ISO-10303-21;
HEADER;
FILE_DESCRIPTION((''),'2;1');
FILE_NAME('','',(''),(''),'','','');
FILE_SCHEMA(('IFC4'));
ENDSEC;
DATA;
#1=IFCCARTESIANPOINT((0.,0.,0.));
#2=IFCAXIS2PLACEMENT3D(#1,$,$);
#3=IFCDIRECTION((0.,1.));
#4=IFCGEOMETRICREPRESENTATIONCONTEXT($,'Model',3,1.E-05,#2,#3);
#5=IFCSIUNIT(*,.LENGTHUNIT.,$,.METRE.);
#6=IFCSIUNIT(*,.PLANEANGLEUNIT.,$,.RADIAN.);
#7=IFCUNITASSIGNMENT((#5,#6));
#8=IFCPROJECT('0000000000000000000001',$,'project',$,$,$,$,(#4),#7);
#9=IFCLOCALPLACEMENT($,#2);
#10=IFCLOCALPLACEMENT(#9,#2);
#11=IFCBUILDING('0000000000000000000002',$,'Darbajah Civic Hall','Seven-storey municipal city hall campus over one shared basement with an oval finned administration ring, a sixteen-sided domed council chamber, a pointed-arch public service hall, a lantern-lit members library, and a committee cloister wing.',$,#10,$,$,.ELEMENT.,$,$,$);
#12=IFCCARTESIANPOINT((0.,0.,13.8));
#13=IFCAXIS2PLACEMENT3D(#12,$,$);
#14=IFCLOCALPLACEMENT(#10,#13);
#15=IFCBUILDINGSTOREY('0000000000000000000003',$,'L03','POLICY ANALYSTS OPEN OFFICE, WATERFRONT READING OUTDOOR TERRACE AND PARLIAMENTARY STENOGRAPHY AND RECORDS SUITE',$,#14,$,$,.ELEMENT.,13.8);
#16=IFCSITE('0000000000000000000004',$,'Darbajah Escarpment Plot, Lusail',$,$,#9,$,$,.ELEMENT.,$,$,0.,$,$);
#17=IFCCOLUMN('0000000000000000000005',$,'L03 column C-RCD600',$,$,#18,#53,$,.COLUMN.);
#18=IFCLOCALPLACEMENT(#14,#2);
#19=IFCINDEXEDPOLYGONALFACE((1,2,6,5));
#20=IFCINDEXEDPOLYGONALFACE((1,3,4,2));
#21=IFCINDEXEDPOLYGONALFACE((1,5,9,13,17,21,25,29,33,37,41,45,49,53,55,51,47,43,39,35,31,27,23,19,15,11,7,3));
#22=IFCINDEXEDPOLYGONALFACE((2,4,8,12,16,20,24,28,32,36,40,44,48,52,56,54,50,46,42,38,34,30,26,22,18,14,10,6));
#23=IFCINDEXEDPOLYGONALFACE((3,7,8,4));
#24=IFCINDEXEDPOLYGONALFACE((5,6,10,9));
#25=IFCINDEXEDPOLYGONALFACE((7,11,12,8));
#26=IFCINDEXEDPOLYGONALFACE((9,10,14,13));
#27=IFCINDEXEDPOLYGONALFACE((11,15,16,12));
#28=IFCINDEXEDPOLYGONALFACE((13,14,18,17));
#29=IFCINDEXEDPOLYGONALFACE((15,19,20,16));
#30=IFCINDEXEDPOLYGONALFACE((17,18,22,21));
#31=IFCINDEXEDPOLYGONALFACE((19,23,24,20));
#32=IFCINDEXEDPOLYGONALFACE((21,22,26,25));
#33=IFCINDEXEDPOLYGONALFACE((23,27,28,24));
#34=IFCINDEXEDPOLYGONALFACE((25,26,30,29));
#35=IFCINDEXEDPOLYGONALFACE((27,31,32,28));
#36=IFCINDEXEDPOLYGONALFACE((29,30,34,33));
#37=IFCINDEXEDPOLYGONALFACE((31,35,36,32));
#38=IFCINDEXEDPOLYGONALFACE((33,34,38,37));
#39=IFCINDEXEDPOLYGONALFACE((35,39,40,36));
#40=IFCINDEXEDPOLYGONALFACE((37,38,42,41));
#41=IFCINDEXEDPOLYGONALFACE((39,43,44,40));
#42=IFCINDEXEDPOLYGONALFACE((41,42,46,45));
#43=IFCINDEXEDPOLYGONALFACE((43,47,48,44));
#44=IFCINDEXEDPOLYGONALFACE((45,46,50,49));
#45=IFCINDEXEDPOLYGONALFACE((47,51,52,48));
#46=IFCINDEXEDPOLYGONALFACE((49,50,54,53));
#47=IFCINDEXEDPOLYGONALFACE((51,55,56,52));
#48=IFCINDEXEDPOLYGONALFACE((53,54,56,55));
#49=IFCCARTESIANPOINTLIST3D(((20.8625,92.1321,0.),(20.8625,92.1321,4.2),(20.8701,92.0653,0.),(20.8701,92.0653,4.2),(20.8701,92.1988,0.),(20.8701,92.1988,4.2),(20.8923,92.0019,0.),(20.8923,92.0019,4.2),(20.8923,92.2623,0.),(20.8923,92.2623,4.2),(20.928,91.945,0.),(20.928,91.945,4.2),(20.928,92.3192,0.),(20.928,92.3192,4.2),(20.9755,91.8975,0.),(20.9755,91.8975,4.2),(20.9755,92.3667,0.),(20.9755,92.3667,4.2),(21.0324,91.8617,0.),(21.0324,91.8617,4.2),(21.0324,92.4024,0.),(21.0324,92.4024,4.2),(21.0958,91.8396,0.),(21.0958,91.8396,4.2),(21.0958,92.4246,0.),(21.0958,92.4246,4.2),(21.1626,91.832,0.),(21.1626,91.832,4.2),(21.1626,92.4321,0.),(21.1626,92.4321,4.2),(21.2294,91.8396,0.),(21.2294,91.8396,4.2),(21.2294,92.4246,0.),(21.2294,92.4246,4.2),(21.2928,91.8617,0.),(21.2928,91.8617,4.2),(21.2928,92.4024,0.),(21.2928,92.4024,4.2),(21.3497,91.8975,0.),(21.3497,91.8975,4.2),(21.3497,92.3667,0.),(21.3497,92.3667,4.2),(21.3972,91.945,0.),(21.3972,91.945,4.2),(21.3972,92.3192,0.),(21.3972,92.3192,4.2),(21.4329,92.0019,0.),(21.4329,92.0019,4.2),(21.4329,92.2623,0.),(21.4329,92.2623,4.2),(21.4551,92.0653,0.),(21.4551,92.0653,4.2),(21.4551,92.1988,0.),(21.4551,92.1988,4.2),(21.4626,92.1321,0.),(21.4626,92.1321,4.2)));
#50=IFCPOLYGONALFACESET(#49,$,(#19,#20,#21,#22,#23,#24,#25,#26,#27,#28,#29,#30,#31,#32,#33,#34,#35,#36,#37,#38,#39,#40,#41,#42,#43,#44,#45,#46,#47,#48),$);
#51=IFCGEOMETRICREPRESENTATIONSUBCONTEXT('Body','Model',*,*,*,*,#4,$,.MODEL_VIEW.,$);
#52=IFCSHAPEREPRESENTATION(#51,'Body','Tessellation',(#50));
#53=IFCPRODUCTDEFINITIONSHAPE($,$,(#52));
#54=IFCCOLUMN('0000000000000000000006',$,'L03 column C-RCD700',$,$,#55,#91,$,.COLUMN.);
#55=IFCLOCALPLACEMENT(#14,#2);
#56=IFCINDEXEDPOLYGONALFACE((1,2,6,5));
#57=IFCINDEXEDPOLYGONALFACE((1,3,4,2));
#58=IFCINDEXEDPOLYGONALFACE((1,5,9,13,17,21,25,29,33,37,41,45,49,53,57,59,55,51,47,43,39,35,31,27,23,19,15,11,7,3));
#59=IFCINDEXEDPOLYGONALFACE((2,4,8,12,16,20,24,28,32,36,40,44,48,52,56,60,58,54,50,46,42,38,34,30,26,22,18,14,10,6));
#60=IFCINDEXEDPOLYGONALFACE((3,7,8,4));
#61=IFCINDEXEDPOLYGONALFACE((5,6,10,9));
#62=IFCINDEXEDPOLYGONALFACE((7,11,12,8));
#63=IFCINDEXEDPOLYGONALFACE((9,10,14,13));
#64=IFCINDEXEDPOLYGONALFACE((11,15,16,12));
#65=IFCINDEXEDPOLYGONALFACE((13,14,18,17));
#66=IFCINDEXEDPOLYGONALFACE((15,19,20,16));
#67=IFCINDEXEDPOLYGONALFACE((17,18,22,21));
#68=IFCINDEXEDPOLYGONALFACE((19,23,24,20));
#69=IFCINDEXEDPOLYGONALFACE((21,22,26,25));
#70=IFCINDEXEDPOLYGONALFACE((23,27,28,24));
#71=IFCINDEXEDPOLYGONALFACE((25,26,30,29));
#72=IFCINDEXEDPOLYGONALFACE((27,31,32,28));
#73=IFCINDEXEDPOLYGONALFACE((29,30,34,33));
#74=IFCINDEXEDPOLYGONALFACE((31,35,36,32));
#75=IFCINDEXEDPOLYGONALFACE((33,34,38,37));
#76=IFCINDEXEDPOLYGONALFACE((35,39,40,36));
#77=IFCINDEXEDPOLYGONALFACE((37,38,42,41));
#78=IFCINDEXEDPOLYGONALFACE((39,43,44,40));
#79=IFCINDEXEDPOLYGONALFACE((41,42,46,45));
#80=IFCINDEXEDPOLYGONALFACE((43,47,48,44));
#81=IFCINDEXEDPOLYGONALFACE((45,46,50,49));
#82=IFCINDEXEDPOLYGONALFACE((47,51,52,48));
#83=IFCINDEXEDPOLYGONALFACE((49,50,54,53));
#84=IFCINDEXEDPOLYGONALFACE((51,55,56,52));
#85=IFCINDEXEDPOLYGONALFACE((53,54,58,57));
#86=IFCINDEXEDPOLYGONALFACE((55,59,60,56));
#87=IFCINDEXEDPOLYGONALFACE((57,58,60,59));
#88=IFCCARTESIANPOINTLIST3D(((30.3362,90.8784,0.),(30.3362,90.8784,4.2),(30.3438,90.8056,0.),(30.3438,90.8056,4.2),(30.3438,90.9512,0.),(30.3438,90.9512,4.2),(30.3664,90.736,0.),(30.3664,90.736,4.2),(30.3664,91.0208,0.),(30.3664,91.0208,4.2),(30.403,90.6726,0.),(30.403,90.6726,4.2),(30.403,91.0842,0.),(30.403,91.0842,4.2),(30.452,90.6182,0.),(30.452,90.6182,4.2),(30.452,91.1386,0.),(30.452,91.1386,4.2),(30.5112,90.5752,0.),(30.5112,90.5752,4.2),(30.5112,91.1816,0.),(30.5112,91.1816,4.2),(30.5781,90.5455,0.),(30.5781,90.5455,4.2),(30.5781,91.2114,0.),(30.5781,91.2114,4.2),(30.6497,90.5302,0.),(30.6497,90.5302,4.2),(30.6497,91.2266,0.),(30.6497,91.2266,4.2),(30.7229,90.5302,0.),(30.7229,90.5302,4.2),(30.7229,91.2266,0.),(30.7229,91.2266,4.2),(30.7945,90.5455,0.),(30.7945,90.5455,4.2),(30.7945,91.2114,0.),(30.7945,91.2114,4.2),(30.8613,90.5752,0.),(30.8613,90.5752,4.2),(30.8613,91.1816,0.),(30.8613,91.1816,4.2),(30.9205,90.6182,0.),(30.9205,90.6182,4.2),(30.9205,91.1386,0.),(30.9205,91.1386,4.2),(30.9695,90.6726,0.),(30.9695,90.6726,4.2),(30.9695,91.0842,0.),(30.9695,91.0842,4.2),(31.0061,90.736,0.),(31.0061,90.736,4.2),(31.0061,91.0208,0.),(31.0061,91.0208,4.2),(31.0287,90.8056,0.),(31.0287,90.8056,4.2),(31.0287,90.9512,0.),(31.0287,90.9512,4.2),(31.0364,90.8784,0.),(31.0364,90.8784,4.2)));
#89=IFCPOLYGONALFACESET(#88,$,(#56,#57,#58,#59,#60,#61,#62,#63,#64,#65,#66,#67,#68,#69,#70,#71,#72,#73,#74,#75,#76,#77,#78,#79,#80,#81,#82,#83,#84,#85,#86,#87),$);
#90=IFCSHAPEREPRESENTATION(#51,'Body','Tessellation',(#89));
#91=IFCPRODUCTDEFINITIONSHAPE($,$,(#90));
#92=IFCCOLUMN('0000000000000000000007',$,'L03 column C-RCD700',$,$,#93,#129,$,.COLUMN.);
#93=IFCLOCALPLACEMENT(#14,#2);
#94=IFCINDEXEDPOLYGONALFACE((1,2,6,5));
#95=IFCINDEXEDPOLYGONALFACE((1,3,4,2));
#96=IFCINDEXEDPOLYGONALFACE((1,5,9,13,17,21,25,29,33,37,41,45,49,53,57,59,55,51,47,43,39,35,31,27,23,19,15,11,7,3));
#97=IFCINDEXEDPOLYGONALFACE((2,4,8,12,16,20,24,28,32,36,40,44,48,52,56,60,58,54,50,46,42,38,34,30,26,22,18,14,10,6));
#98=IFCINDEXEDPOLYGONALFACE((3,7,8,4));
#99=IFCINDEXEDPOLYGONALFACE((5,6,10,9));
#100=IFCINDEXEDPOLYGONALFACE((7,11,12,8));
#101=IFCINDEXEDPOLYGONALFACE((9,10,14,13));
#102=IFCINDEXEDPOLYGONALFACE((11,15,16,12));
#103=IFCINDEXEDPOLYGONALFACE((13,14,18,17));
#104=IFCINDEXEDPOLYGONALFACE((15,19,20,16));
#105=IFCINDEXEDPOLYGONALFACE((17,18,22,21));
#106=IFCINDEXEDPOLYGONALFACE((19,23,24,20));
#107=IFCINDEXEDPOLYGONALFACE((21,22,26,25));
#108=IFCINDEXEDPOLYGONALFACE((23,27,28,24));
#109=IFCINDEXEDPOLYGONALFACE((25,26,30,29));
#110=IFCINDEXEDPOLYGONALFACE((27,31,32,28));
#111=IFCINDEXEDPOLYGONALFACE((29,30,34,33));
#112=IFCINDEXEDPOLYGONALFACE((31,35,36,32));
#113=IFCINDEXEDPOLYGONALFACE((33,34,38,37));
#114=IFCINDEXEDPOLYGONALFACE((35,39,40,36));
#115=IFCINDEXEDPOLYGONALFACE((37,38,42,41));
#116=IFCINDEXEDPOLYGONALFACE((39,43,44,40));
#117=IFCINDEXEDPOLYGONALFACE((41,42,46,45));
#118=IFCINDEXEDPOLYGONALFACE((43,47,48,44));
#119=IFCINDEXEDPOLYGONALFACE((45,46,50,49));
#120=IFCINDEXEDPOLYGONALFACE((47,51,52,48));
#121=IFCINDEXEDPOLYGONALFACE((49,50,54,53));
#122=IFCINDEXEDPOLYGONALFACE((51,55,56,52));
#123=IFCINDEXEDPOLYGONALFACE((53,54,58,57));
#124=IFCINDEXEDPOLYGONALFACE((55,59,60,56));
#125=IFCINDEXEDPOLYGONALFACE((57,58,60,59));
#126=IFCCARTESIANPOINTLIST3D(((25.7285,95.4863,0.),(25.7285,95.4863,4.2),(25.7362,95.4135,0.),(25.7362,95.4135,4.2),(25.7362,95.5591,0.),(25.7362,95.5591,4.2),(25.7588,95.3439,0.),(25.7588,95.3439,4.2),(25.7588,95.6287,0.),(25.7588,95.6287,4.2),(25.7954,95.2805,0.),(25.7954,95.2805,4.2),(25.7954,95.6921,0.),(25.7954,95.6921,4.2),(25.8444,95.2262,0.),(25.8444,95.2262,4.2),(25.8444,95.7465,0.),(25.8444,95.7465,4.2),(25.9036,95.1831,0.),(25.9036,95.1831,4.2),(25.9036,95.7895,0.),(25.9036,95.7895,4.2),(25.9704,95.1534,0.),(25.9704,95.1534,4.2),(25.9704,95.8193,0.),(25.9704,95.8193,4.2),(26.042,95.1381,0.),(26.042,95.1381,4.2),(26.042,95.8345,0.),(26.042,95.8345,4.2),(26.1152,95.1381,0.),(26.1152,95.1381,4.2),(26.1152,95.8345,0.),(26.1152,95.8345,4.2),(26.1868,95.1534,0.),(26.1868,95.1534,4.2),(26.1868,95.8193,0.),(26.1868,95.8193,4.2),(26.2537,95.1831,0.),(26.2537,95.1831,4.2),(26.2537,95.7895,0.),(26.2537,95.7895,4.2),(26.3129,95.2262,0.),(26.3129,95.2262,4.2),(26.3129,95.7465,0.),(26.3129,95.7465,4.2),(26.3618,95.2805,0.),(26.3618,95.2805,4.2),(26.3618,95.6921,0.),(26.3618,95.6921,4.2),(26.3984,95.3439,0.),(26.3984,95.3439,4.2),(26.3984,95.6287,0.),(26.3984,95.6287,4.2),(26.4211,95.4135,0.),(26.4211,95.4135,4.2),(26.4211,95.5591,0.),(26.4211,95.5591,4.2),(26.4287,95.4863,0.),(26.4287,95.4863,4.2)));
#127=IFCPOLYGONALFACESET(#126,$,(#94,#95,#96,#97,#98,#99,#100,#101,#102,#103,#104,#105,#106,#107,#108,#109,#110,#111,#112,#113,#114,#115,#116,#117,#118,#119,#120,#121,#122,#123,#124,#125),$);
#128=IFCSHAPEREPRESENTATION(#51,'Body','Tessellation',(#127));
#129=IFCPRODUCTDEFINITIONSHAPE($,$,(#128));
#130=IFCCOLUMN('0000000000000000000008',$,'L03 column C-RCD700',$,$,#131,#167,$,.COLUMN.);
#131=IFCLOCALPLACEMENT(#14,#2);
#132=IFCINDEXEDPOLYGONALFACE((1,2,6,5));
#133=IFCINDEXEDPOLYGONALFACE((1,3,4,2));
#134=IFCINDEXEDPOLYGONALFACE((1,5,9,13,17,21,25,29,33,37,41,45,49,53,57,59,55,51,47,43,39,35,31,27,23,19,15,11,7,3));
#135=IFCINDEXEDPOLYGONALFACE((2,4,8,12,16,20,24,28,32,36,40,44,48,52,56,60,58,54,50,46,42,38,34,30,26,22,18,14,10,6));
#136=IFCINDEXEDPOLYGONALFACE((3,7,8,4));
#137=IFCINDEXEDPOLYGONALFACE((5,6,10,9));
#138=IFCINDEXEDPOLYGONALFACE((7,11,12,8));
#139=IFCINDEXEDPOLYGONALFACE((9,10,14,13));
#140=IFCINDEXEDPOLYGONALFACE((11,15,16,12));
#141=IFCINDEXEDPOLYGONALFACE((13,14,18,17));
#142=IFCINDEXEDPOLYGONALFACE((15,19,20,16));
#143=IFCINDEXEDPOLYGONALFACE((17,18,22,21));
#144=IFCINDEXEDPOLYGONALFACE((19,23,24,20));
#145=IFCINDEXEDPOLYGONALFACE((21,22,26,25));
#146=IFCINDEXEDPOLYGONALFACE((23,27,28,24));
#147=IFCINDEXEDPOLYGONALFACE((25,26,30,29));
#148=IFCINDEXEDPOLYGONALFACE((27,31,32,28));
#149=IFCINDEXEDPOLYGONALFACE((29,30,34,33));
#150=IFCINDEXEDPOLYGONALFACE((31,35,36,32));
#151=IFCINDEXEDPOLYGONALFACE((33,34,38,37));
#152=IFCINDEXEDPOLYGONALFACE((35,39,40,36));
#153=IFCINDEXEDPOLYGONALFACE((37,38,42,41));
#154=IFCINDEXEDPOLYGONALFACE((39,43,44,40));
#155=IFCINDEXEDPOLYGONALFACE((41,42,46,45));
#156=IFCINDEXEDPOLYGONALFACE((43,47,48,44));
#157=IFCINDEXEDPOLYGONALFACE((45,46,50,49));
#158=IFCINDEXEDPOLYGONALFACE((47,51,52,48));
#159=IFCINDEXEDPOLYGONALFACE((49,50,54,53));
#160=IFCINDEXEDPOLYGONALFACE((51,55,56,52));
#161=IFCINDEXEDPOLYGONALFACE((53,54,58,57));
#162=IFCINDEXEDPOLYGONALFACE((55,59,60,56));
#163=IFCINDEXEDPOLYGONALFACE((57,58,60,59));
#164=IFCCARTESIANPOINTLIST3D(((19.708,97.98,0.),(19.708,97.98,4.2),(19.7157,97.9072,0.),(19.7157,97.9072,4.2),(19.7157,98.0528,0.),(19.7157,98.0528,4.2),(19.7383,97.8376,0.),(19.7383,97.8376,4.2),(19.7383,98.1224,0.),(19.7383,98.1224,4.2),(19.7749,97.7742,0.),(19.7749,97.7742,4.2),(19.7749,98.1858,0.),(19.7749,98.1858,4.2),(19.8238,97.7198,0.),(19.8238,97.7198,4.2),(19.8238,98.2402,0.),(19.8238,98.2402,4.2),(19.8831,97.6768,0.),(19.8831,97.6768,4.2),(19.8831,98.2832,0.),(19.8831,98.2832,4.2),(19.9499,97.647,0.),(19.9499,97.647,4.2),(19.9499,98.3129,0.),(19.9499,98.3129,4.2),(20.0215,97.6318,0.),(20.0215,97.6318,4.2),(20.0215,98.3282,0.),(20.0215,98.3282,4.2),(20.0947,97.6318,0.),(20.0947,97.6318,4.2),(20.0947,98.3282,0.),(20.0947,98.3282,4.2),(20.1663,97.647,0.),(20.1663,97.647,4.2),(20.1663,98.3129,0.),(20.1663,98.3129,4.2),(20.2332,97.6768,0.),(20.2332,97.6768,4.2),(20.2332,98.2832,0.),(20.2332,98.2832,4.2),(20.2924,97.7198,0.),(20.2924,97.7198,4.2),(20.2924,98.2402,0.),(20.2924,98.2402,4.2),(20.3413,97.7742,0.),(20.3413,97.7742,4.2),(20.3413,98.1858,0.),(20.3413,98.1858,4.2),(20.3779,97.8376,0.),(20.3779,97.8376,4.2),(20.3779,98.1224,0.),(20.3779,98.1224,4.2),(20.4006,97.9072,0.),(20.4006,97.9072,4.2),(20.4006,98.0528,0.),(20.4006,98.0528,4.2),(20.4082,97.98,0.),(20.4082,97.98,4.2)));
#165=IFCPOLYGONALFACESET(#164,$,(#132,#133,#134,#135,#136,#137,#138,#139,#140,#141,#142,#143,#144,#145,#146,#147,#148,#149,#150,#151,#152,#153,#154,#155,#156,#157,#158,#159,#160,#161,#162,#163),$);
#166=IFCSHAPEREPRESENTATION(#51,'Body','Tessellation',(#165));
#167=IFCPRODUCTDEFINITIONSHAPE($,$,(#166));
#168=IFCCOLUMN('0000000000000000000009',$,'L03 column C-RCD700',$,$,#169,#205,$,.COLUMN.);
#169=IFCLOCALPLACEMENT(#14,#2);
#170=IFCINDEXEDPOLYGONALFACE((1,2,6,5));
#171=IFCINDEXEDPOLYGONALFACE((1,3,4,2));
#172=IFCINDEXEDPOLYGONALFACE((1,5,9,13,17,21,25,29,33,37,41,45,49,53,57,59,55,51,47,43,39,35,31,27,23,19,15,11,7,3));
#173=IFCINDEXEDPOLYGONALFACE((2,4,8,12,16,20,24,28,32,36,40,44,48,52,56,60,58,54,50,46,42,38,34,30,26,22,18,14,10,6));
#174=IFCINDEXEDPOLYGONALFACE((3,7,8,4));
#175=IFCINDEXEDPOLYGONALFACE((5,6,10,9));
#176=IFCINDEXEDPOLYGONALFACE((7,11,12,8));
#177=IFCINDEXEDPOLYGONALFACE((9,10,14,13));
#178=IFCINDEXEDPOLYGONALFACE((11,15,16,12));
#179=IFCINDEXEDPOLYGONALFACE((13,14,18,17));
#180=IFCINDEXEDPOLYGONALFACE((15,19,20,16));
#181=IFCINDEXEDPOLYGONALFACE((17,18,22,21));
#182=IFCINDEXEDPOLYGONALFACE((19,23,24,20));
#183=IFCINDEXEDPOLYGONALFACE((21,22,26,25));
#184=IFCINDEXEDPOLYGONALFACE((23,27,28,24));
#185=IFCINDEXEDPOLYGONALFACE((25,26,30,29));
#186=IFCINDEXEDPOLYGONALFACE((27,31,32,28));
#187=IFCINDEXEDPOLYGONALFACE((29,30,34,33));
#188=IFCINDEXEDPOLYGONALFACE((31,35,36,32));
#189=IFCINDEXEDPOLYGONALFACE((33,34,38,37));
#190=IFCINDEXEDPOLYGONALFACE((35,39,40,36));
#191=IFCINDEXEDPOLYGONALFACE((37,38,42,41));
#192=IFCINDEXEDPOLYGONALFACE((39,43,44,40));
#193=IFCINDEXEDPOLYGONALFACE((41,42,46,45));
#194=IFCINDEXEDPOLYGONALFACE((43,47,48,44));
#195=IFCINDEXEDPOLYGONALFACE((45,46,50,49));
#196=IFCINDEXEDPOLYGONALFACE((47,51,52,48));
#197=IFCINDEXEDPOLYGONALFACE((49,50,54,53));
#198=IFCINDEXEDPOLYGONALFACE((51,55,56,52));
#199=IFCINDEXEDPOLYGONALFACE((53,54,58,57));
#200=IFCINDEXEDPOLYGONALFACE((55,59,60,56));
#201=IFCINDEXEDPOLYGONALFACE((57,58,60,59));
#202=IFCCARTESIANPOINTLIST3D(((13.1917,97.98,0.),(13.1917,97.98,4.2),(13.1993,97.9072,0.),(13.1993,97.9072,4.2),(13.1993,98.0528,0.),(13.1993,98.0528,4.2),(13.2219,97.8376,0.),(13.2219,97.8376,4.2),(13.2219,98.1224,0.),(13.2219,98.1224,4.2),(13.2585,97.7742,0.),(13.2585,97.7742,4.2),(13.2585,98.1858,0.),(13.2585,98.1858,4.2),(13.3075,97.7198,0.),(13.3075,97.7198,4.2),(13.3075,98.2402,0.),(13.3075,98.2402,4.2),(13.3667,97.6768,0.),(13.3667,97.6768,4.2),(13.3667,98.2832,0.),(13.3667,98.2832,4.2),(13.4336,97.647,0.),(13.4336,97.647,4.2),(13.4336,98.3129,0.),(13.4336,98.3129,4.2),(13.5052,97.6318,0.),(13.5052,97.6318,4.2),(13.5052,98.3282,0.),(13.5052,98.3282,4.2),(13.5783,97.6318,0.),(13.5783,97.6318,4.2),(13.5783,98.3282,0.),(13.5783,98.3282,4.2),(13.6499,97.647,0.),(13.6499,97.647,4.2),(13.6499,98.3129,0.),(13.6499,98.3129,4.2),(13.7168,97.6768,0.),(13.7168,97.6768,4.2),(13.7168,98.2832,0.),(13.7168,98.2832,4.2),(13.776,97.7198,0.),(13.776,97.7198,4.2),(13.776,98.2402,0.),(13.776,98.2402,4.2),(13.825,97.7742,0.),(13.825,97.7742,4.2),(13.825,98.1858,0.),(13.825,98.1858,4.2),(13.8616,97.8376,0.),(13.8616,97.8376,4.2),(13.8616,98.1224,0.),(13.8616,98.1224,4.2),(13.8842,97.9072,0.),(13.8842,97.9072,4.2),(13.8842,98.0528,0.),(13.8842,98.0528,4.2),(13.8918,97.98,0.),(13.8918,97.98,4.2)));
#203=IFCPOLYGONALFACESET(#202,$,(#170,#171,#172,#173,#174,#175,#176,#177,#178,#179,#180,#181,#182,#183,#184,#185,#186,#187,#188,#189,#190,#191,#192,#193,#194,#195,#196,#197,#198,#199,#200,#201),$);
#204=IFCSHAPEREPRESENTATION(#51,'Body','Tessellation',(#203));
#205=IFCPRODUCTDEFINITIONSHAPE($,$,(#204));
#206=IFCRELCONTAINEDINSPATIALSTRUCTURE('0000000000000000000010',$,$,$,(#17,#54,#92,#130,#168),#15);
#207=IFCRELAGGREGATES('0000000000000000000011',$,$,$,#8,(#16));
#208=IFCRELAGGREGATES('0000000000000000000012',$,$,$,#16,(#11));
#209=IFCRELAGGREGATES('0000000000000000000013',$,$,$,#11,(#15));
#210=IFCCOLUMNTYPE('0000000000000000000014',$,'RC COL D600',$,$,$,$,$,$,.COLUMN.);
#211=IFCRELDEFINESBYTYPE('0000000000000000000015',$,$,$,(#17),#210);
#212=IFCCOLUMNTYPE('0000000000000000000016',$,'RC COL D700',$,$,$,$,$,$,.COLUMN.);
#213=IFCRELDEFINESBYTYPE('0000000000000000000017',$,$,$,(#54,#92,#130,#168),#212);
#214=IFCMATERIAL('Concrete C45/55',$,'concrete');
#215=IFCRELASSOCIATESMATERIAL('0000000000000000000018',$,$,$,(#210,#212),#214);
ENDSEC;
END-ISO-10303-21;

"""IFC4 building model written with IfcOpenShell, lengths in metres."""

from ifc_helpers import new_model, si_unit, direction, frame, origin, origin_2d, place, context, subcontext, project, spatial, circle, extrude, material, material_profile, profile_set, type_object, element, save


model = new_model("IFC4")

# Units and contexts
model_context = context("Model", 3, precision=1e-05, world=origin(), true_north=direction((0.0, 1.0)))
body_context = subcontext(model_context, "Body", "Model", "MODEL_VIEW")
ifc_project = project(units=[si_unit("LENGTHUNIT", "METRE"), si_unit("PLANEANGLEUNIT", "RADIAN")], contexts=[model_context])

# Site, building, storey
site_placement = place(None, origin())
site = spatial("IfcSite", under=ifc_project, at=site_placement, Name="Darbajah Escarpment Plot, Lusail", CompositionType="ELEMENT", RefElevation=0.0)
building_placement = place(site_placement, origin())
building = spatial("IfcBuilding", under=site, at=building_placement, Name="Darbajah Civic Hall", Description="Seven-storey municipal city hall campus over one shared basement with an oval finned administration ring, a sixteen-sided domed council chamber, a pointed-arch public service hall, a lantern-lit members library, and a committee cloister wing.", CompositionType="ELEMENT")
storey_placement = place(building_placement, frame((0.0, 0.0, 13.8)))
storey = spatial("IfcBuildingStorey", under=building, at=storey_placement, Name="L03", Description="POLICY ANALYSTS OPEN OFFICE, WATERFRONT READING OUTDOOR TERRACE AND PARLIAMENTARY STENOGRAPHY AND RECORDS SUITE", CompositionType="ELEMENT", Elevation=13.8)

# Columns
ifc_material_1 = material(Name="Concrete C45/55", Category="concrete")
ifc_material_profile_1 = material_profile(ifc_material_1, circle(Radius=0.3, at=origin_2d()), Name="RC COL D600")
ifc_profile_set_1 = profile_set([ifc_material_profile_1], Name="Concrete C45/55")
column_type_1 = type_object("IfcColumnType", Name="RC COL D600", PredefinedType="COLUMN", material=ifc_profile_set_1)
column_placement = place(storey_placement, frame((21.1626, 92.1321, 0.0), z_axis=(0.0, 0.0, 1.0), x_axis=(1.0, 0.0, 0.0)))
element("IfcColumn", 1, at=column_placement, inside=storey, type_object=column_type_1, Name="L03 column C-RCD600", PredefinedType="COLUMN", context=body_context, shape_type="SweptSolid", body=[
    extrude(circle(Radius=0.3, at=origin_2d()), origin(), (0.0, 0.0, 1.0), 4.2),
])
ifc_material_profile_2 = material_profile(ifc_material_1, circle(Radius=0.3501, at=origin_2d()), Name="RC COL D700")
ifc_profile_set_2 = profile_set([ifc_material_profile_2], Name="Concrete C45/55")
column_type_2 = type_object("IfcColumnType", Name="RC COL D700", PredefinedType="COLUMN", material=ifc_profile_set_2)
for number, where, z_axis, x_axis, name in (
    (2, (30.6863, 90.8784, 0.0), (0.0, 0.0, 1.0), (1.0, 0.0, 0.0), "L03 column C-RCD700"),
    (3, (26.0786, 95.4863, 0.0), (0.0, 0.0, 1.0), (1.0, 0.0, 0.0), "L03 column C-RCD700"),
    (4, (20.0581, 97.98, 0.0), (0.0, 0.0, 1.0), (1.0, 0.0, 0.0), "L03 column C-RCD700"),
    (5, (13.5417, 97.98, 0.0), (0.0, 0.0, 1.0), (1.0, 0.0, 0.0), "L03 column C-RCD700"),
):
    element("IfcColumn", number, at=place(storey_placement, frame(where, z_axis=z_axis, x_axis=x_axis)), inside=storey, type_object=column_type_2, Name=name, PredefinedType="COLUMN", context=body_context, shape_type="SweptSolid", body=[
        extrude(circle(Radius=0.3501, at=origin_2d()), origin(), (0.0, 0.0, 1.0), 4.2),
    ])

save(model, "model.ifc")
